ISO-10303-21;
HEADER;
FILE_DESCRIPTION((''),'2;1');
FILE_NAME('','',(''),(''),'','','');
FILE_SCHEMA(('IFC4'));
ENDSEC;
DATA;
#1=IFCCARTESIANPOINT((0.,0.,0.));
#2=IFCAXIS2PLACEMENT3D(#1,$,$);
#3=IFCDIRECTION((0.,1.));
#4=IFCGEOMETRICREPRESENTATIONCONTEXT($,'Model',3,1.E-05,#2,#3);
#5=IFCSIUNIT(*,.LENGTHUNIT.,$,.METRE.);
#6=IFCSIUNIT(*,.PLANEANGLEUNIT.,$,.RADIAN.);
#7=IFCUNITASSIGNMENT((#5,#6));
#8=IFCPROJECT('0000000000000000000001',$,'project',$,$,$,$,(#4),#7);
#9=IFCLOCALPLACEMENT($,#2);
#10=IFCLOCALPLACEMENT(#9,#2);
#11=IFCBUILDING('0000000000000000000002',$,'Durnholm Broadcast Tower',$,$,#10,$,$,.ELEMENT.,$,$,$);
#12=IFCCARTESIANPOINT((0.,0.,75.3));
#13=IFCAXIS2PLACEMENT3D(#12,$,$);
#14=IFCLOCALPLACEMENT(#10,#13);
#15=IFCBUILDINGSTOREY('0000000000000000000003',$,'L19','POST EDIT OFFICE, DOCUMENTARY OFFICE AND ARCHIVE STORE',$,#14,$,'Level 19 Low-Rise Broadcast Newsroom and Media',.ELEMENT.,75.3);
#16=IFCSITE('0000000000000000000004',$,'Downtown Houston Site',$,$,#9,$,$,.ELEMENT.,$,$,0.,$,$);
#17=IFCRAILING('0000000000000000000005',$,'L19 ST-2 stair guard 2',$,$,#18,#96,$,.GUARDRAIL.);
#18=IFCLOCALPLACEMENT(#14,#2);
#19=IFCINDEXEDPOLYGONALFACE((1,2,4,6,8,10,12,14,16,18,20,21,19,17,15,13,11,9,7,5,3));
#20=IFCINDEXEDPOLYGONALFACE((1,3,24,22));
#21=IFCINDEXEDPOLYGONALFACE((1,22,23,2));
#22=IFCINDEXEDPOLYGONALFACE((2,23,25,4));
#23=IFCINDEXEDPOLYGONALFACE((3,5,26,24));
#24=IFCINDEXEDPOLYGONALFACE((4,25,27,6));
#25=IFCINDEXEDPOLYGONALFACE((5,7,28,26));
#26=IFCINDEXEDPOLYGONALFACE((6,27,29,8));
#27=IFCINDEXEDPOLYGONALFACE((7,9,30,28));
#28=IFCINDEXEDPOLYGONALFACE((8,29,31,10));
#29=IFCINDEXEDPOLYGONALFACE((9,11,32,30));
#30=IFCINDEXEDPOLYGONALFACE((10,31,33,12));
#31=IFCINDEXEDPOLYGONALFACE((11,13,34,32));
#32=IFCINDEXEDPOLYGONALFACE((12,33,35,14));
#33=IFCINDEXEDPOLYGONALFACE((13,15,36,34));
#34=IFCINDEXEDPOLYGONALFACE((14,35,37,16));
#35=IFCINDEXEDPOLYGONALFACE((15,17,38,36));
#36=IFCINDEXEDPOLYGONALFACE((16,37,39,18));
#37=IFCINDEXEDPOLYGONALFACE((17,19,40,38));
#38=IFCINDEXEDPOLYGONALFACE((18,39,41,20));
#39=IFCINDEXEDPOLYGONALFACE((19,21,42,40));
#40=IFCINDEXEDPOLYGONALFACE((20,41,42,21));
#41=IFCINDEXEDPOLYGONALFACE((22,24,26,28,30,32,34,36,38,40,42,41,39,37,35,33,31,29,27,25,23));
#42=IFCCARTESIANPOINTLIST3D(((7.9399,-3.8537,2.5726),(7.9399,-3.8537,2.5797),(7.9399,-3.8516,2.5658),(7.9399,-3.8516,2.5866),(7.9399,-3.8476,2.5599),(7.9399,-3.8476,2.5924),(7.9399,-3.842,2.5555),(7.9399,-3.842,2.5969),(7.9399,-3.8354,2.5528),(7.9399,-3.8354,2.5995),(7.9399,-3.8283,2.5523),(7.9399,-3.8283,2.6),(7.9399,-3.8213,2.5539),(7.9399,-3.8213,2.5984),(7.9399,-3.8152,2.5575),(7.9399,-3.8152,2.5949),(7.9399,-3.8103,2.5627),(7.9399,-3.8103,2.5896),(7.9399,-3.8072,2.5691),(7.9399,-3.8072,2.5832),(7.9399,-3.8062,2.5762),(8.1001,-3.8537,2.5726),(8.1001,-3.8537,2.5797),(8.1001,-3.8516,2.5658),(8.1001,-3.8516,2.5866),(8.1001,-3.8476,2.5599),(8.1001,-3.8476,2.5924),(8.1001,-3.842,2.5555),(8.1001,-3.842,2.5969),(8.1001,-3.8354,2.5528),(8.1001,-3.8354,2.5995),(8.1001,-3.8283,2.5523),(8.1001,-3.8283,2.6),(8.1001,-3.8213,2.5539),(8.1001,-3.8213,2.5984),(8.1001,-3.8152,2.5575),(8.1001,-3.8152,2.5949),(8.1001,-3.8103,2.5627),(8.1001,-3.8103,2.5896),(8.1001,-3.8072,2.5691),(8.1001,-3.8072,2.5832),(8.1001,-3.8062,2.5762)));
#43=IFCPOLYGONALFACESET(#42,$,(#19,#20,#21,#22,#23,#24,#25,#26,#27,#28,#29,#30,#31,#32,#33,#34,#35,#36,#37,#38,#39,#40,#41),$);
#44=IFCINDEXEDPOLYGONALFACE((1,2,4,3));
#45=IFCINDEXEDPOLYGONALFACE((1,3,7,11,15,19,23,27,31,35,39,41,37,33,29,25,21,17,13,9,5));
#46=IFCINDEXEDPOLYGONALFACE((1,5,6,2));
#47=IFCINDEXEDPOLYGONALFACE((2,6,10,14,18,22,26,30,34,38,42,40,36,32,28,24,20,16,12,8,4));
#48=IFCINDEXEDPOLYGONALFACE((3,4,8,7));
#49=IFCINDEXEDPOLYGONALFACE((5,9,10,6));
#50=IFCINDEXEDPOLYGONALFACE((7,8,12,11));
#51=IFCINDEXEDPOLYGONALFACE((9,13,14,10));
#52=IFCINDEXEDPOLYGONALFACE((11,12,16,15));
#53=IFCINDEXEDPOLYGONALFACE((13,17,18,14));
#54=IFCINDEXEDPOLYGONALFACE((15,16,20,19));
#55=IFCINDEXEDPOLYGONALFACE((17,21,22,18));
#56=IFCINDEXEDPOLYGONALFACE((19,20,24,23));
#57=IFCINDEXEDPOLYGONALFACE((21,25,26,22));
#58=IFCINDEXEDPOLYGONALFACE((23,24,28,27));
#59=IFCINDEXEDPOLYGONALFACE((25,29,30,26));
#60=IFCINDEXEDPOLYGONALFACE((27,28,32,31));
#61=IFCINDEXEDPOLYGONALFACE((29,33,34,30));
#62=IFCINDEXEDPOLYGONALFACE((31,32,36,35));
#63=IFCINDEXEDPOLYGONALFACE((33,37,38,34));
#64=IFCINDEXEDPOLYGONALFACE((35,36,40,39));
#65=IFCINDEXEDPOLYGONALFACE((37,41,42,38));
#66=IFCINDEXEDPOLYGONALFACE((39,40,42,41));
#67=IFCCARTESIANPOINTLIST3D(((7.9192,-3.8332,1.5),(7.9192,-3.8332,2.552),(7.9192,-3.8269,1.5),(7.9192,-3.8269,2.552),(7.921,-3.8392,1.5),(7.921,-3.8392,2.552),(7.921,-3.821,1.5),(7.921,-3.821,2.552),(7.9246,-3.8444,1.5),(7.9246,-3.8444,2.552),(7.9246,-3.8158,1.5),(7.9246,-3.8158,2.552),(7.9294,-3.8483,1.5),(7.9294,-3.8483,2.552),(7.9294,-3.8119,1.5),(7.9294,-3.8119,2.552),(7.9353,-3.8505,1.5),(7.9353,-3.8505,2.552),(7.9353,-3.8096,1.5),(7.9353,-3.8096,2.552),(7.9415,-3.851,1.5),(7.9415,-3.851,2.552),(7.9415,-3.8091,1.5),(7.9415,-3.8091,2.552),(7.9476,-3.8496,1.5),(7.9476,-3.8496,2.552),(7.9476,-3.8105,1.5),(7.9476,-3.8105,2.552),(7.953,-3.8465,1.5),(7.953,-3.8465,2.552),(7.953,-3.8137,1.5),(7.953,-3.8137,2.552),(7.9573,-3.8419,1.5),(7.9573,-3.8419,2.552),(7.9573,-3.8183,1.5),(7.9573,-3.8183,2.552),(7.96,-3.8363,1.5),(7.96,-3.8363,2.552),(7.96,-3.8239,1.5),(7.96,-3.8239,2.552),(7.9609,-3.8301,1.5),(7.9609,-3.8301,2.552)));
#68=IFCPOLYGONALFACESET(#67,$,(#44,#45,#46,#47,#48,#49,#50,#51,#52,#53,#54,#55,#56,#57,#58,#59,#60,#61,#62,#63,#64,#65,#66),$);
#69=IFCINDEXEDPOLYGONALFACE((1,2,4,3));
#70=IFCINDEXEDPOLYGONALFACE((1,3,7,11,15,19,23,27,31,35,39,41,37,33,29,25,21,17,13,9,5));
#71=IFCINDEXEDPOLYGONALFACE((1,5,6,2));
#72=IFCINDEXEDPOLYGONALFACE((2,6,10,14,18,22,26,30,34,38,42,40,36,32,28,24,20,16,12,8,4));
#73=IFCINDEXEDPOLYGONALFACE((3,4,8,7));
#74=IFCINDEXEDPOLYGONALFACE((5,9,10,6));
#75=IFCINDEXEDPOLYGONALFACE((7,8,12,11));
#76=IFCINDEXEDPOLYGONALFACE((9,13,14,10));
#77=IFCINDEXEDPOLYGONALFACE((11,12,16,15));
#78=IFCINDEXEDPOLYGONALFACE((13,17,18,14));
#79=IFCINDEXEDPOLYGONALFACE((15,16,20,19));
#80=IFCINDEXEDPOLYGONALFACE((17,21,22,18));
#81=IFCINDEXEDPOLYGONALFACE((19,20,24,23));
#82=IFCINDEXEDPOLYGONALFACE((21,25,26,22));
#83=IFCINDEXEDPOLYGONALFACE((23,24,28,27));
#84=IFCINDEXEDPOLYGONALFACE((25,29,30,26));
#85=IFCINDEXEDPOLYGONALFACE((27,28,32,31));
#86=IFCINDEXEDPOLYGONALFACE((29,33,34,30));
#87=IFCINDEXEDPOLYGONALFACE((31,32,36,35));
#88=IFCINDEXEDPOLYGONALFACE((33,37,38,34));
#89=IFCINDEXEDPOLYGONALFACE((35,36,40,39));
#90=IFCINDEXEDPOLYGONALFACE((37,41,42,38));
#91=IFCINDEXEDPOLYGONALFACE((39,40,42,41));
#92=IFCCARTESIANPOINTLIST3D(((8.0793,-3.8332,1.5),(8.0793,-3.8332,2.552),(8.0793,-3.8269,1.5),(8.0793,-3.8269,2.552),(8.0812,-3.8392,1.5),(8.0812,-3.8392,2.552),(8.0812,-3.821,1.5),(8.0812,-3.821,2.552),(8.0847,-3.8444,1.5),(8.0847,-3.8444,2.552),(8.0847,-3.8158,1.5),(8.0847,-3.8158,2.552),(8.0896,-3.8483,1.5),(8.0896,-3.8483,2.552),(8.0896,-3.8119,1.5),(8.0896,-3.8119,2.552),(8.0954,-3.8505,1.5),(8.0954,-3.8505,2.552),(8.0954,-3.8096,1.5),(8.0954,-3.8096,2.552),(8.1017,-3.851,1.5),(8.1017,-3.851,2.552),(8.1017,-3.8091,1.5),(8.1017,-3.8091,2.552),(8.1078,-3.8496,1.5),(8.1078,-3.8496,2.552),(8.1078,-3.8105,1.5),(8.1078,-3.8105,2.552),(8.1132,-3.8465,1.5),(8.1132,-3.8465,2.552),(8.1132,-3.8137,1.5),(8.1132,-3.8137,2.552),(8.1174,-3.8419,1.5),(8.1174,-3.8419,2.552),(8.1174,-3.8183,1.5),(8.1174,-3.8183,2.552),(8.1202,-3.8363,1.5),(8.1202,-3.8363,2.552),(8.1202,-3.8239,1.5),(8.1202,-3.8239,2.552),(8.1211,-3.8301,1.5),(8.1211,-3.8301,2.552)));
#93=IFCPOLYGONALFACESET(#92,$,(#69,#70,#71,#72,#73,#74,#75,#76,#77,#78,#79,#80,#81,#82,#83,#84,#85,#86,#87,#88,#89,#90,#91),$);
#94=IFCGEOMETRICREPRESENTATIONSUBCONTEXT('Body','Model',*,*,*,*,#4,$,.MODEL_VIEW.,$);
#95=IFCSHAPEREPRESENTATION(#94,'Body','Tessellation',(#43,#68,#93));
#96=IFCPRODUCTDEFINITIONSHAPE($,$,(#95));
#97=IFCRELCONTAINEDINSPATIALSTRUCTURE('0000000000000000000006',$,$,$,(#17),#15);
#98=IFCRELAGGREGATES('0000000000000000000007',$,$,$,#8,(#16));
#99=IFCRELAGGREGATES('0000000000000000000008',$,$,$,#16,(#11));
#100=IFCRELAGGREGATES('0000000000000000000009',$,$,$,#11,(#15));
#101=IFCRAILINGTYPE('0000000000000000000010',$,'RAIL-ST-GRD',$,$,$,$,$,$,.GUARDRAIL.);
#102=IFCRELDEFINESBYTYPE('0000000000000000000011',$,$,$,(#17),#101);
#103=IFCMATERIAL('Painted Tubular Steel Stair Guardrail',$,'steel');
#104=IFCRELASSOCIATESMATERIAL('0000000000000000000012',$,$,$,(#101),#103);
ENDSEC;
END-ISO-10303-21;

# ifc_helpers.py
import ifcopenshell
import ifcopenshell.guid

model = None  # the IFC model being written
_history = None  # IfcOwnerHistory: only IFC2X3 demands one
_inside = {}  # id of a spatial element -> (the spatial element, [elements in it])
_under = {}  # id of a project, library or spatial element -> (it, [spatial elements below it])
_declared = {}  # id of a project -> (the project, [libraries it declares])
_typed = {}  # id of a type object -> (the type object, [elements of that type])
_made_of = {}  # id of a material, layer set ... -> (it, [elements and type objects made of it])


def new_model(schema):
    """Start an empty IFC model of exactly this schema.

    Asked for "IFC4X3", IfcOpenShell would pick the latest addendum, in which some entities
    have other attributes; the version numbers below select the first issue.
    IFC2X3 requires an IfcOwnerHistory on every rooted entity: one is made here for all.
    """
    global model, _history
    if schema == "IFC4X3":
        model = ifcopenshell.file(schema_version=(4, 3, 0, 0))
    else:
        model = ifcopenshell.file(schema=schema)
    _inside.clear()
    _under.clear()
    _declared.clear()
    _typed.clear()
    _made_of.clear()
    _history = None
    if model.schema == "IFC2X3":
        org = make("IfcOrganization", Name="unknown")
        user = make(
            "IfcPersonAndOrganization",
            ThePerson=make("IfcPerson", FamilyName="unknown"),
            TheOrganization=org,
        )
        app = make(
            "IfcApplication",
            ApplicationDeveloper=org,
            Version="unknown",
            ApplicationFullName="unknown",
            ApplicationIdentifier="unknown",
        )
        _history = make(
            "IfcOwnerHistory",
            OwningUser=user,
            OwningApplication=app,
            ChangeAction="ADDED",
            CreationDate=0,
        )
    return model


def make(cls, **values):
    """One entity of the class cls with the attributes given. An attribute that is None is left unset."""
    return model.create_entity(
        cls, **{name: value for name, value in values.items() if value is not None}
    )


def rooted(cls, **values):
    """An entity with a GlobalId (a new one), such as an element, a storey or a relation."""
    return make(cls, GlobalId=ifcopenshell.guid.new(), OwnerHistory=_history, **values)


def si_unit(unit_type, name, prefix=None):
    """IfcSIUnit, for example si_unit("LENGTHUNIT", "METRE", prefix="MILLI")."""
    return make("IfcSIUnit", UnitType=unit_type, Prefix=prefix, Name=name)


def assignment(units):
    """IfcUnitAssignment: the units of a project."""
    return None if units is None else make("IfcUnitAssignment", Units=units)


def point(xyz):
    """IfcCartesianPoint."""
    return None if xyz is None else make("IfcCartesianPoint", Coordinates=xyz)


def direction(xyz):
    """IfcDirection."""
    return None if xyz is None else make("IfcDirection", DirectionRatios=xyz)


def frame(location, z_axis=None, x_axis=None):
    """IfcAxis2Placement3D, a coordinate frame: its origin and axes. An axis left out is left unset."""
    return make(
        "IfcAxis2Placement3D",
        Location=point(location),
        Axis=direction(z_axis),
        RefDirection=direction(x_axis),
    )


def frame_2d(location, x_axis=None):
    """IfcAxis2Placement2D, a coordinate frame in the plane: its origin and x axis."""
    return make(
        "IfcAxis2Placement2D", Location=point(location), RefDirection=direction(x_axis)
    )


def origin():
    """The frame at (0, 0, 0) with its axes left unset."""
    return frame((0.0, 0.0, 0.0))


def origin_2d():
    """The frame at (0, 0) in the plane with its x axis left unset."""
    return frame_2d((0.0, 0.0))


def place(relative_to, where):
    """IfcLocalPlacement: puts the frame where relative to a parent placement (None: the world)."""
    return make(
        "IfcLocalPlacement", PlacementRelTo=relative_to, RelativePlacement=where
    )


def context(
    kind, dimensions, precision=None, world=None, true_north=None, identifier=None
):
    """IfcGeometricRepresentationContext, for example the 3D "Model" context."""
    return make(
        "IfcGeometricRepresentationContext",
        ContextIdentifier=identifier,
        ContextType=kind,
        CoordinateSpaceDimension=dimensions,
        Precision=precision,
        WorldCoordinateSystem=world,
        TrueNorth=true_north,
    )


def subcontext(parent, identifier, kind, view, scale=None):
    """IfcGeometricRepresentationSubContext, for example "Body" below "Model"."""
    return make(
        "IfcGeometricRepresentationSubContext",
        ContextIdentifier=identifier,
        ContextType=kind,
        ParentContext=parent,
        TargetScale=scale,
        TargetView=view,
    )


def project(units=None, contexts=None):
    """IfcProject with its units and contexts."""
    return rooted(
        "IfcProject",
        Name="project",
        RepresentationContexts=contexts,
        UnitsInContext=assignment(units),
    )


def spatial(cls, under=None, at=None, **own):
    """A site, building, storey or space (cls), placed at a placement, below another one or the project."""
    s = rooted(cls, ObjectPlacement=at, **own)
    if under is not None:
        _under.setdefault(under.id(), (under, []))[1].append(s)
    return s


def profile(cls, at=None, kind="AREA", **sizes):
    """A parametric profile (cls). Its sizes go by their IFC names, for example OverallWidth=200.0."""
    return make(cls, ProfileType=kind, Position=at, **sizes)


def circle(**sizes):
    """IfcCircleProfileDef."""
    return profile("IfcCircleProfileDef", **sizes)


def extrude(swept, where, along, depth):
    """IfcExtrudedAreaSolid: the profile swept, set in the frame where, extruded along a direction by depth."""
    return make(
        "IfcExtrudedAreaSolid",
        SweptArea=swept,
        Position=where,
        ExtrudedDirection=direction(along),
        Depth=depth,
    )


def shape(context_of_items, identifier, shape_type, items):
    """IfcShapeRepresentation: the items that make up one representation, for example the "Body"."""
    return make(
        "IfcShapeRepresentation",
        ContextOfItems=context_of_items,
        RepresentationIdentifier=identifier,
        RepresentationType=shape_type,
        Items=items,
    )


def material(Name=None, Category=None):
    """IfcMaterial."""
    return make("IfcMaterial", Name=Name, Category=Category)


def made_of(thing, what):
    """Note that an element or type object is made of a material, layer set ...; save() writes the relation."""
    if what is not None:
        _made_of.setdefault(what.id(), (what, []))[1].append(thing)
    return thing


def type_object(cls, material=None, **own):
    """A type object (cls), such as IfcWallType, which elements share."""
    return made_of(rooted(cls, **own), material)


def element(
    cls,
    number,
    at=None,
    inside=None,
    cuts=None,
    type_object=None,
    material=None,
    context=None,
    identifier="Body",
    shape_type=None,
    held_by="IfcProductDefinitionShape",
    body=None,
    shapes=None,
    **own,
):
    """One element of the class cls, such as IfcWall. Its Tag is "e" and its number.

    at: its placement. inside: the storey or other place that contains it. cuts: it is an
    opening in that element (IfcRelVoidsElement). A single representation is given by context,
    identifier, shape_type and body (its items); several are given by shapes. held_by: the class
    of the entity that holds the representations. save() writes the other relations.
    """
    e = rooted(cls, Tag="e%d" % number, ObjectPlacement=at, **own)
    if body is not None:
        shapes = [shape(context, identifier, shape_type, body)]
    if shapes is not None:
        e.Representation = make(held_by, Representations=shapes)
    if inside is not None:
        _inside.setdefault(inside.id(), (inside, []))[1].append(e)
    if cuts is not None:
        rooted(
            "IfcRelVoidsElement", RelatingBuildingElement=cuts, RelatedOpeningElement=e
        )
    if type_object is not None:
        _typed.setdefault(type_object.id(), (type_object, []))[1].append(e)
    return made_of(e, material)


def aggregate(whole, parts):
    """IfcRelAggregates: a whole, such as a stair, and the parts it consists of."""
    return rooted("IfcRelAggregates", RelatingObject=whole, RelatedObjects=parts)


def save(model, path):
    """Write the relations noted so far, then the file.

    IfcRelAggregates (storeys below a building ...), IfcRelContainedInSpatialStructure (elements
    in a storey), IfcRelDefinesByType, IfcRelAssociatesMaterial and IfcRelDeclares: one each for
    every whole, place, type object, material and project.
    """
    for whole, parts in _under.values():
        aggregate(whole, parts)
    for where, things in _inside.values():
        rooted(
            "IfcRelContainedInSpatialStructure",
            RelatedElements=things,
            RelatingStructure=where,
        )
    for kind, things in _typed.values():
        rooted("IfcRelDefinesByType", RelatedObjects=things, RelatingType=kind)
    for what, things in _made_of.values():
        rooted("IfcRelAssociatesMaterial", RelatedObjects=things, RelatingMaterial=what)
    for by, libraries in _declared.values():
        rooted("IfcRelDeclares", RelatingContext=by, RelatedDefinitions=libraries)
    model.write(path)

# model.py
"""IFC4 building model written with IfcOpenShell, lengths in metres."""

from ifc_helpers import new_model, si_unit, direction, frame, origin, origin_2d, place, context, subcontext, project, spatial, circle, extrude, material, type_object, element, save


model = new_model("IFC4")

# Units and contexts
model_context = context("Model", 3, precision=1e-05, world=origin(), true_north=direction((0.0, 1.0)))
body_context = subcontext(model_context, "Body", "Model", "MODEL_VIEW")
ifc_project = project(units=[si_unit("LENGTHUNIT", "METRE"), si_unit("PLANEANGLEUNIT", "RADIAN")], contexts=[model_context])

# Site, building, storey
site_placement = place(None, origin())
site = spatial("IfcSite", under=ifc_project, at=site_placement, Name="Downtown Houston Site", CompositionType="ELEMENT", RefElevation=0.0)
building_placement = place(site_placement, origin())
building = spatial("IfcBuilding", under=site, at=building_placement, Name="Durnholm Broadcast Tower", CompositionType="ELEMENT")
storey_placement = place(building_placement, frame((0.0, 0.0, 75.3)))
storey = spatial("IfcBuildingStorey", under=building, at=storey_placement, Name="L19", Description="POST EDIT OFFICE, DOCUMENTARY OFFICE AND ARCHIVE STORE", LongName="Level 19 Low-Rise Broadcast Newsroom and Media", CompositionType="ELEMENT", Elevation=75.3)

# Railing
ifc_material_1 = material(Name="Painted Tubular Steel Stair Guardrail", Category="steel")
railing_type_1 = type_object("IfcRailingType", Name="RAIL-ST-GRD", PredefinedType="GUARDRAIL", material=ifc_material_1)
railing_1_placement = place(storey_placement, frame((7.9399, -3.8301, 1.5)))
element("IfcRailing", 1, at=railing_1_placement, inside=storey, type_object=railing_type_1, Name="L19 ST-2 stair guard 2", PredefinedType="GUARDRAIL", context=body_context, shape_type="SweptSolid", body=[
    extrude(circle(Radius=0.0239, at=origin_2d()), frame((0.0, 0.0, 1.0762), z_axis=(1.0, 0.0, 0.0), x_axis=(0.0, 1.0, 0.0)), (0.0, 0.0, 1.0), 0.1602),
    extrude(circle(Radius=0.021, at=origin_2d()), origin(), (0.0, 0.0, 1.0), 1.052),
    extrude(circle(Radius=0.021, at=origin_2d()), frame((0.1602, 0.0, 0.0)), (0.0, 0.0, 1.0), 1.052),
])

save(model, "model.ifc")
